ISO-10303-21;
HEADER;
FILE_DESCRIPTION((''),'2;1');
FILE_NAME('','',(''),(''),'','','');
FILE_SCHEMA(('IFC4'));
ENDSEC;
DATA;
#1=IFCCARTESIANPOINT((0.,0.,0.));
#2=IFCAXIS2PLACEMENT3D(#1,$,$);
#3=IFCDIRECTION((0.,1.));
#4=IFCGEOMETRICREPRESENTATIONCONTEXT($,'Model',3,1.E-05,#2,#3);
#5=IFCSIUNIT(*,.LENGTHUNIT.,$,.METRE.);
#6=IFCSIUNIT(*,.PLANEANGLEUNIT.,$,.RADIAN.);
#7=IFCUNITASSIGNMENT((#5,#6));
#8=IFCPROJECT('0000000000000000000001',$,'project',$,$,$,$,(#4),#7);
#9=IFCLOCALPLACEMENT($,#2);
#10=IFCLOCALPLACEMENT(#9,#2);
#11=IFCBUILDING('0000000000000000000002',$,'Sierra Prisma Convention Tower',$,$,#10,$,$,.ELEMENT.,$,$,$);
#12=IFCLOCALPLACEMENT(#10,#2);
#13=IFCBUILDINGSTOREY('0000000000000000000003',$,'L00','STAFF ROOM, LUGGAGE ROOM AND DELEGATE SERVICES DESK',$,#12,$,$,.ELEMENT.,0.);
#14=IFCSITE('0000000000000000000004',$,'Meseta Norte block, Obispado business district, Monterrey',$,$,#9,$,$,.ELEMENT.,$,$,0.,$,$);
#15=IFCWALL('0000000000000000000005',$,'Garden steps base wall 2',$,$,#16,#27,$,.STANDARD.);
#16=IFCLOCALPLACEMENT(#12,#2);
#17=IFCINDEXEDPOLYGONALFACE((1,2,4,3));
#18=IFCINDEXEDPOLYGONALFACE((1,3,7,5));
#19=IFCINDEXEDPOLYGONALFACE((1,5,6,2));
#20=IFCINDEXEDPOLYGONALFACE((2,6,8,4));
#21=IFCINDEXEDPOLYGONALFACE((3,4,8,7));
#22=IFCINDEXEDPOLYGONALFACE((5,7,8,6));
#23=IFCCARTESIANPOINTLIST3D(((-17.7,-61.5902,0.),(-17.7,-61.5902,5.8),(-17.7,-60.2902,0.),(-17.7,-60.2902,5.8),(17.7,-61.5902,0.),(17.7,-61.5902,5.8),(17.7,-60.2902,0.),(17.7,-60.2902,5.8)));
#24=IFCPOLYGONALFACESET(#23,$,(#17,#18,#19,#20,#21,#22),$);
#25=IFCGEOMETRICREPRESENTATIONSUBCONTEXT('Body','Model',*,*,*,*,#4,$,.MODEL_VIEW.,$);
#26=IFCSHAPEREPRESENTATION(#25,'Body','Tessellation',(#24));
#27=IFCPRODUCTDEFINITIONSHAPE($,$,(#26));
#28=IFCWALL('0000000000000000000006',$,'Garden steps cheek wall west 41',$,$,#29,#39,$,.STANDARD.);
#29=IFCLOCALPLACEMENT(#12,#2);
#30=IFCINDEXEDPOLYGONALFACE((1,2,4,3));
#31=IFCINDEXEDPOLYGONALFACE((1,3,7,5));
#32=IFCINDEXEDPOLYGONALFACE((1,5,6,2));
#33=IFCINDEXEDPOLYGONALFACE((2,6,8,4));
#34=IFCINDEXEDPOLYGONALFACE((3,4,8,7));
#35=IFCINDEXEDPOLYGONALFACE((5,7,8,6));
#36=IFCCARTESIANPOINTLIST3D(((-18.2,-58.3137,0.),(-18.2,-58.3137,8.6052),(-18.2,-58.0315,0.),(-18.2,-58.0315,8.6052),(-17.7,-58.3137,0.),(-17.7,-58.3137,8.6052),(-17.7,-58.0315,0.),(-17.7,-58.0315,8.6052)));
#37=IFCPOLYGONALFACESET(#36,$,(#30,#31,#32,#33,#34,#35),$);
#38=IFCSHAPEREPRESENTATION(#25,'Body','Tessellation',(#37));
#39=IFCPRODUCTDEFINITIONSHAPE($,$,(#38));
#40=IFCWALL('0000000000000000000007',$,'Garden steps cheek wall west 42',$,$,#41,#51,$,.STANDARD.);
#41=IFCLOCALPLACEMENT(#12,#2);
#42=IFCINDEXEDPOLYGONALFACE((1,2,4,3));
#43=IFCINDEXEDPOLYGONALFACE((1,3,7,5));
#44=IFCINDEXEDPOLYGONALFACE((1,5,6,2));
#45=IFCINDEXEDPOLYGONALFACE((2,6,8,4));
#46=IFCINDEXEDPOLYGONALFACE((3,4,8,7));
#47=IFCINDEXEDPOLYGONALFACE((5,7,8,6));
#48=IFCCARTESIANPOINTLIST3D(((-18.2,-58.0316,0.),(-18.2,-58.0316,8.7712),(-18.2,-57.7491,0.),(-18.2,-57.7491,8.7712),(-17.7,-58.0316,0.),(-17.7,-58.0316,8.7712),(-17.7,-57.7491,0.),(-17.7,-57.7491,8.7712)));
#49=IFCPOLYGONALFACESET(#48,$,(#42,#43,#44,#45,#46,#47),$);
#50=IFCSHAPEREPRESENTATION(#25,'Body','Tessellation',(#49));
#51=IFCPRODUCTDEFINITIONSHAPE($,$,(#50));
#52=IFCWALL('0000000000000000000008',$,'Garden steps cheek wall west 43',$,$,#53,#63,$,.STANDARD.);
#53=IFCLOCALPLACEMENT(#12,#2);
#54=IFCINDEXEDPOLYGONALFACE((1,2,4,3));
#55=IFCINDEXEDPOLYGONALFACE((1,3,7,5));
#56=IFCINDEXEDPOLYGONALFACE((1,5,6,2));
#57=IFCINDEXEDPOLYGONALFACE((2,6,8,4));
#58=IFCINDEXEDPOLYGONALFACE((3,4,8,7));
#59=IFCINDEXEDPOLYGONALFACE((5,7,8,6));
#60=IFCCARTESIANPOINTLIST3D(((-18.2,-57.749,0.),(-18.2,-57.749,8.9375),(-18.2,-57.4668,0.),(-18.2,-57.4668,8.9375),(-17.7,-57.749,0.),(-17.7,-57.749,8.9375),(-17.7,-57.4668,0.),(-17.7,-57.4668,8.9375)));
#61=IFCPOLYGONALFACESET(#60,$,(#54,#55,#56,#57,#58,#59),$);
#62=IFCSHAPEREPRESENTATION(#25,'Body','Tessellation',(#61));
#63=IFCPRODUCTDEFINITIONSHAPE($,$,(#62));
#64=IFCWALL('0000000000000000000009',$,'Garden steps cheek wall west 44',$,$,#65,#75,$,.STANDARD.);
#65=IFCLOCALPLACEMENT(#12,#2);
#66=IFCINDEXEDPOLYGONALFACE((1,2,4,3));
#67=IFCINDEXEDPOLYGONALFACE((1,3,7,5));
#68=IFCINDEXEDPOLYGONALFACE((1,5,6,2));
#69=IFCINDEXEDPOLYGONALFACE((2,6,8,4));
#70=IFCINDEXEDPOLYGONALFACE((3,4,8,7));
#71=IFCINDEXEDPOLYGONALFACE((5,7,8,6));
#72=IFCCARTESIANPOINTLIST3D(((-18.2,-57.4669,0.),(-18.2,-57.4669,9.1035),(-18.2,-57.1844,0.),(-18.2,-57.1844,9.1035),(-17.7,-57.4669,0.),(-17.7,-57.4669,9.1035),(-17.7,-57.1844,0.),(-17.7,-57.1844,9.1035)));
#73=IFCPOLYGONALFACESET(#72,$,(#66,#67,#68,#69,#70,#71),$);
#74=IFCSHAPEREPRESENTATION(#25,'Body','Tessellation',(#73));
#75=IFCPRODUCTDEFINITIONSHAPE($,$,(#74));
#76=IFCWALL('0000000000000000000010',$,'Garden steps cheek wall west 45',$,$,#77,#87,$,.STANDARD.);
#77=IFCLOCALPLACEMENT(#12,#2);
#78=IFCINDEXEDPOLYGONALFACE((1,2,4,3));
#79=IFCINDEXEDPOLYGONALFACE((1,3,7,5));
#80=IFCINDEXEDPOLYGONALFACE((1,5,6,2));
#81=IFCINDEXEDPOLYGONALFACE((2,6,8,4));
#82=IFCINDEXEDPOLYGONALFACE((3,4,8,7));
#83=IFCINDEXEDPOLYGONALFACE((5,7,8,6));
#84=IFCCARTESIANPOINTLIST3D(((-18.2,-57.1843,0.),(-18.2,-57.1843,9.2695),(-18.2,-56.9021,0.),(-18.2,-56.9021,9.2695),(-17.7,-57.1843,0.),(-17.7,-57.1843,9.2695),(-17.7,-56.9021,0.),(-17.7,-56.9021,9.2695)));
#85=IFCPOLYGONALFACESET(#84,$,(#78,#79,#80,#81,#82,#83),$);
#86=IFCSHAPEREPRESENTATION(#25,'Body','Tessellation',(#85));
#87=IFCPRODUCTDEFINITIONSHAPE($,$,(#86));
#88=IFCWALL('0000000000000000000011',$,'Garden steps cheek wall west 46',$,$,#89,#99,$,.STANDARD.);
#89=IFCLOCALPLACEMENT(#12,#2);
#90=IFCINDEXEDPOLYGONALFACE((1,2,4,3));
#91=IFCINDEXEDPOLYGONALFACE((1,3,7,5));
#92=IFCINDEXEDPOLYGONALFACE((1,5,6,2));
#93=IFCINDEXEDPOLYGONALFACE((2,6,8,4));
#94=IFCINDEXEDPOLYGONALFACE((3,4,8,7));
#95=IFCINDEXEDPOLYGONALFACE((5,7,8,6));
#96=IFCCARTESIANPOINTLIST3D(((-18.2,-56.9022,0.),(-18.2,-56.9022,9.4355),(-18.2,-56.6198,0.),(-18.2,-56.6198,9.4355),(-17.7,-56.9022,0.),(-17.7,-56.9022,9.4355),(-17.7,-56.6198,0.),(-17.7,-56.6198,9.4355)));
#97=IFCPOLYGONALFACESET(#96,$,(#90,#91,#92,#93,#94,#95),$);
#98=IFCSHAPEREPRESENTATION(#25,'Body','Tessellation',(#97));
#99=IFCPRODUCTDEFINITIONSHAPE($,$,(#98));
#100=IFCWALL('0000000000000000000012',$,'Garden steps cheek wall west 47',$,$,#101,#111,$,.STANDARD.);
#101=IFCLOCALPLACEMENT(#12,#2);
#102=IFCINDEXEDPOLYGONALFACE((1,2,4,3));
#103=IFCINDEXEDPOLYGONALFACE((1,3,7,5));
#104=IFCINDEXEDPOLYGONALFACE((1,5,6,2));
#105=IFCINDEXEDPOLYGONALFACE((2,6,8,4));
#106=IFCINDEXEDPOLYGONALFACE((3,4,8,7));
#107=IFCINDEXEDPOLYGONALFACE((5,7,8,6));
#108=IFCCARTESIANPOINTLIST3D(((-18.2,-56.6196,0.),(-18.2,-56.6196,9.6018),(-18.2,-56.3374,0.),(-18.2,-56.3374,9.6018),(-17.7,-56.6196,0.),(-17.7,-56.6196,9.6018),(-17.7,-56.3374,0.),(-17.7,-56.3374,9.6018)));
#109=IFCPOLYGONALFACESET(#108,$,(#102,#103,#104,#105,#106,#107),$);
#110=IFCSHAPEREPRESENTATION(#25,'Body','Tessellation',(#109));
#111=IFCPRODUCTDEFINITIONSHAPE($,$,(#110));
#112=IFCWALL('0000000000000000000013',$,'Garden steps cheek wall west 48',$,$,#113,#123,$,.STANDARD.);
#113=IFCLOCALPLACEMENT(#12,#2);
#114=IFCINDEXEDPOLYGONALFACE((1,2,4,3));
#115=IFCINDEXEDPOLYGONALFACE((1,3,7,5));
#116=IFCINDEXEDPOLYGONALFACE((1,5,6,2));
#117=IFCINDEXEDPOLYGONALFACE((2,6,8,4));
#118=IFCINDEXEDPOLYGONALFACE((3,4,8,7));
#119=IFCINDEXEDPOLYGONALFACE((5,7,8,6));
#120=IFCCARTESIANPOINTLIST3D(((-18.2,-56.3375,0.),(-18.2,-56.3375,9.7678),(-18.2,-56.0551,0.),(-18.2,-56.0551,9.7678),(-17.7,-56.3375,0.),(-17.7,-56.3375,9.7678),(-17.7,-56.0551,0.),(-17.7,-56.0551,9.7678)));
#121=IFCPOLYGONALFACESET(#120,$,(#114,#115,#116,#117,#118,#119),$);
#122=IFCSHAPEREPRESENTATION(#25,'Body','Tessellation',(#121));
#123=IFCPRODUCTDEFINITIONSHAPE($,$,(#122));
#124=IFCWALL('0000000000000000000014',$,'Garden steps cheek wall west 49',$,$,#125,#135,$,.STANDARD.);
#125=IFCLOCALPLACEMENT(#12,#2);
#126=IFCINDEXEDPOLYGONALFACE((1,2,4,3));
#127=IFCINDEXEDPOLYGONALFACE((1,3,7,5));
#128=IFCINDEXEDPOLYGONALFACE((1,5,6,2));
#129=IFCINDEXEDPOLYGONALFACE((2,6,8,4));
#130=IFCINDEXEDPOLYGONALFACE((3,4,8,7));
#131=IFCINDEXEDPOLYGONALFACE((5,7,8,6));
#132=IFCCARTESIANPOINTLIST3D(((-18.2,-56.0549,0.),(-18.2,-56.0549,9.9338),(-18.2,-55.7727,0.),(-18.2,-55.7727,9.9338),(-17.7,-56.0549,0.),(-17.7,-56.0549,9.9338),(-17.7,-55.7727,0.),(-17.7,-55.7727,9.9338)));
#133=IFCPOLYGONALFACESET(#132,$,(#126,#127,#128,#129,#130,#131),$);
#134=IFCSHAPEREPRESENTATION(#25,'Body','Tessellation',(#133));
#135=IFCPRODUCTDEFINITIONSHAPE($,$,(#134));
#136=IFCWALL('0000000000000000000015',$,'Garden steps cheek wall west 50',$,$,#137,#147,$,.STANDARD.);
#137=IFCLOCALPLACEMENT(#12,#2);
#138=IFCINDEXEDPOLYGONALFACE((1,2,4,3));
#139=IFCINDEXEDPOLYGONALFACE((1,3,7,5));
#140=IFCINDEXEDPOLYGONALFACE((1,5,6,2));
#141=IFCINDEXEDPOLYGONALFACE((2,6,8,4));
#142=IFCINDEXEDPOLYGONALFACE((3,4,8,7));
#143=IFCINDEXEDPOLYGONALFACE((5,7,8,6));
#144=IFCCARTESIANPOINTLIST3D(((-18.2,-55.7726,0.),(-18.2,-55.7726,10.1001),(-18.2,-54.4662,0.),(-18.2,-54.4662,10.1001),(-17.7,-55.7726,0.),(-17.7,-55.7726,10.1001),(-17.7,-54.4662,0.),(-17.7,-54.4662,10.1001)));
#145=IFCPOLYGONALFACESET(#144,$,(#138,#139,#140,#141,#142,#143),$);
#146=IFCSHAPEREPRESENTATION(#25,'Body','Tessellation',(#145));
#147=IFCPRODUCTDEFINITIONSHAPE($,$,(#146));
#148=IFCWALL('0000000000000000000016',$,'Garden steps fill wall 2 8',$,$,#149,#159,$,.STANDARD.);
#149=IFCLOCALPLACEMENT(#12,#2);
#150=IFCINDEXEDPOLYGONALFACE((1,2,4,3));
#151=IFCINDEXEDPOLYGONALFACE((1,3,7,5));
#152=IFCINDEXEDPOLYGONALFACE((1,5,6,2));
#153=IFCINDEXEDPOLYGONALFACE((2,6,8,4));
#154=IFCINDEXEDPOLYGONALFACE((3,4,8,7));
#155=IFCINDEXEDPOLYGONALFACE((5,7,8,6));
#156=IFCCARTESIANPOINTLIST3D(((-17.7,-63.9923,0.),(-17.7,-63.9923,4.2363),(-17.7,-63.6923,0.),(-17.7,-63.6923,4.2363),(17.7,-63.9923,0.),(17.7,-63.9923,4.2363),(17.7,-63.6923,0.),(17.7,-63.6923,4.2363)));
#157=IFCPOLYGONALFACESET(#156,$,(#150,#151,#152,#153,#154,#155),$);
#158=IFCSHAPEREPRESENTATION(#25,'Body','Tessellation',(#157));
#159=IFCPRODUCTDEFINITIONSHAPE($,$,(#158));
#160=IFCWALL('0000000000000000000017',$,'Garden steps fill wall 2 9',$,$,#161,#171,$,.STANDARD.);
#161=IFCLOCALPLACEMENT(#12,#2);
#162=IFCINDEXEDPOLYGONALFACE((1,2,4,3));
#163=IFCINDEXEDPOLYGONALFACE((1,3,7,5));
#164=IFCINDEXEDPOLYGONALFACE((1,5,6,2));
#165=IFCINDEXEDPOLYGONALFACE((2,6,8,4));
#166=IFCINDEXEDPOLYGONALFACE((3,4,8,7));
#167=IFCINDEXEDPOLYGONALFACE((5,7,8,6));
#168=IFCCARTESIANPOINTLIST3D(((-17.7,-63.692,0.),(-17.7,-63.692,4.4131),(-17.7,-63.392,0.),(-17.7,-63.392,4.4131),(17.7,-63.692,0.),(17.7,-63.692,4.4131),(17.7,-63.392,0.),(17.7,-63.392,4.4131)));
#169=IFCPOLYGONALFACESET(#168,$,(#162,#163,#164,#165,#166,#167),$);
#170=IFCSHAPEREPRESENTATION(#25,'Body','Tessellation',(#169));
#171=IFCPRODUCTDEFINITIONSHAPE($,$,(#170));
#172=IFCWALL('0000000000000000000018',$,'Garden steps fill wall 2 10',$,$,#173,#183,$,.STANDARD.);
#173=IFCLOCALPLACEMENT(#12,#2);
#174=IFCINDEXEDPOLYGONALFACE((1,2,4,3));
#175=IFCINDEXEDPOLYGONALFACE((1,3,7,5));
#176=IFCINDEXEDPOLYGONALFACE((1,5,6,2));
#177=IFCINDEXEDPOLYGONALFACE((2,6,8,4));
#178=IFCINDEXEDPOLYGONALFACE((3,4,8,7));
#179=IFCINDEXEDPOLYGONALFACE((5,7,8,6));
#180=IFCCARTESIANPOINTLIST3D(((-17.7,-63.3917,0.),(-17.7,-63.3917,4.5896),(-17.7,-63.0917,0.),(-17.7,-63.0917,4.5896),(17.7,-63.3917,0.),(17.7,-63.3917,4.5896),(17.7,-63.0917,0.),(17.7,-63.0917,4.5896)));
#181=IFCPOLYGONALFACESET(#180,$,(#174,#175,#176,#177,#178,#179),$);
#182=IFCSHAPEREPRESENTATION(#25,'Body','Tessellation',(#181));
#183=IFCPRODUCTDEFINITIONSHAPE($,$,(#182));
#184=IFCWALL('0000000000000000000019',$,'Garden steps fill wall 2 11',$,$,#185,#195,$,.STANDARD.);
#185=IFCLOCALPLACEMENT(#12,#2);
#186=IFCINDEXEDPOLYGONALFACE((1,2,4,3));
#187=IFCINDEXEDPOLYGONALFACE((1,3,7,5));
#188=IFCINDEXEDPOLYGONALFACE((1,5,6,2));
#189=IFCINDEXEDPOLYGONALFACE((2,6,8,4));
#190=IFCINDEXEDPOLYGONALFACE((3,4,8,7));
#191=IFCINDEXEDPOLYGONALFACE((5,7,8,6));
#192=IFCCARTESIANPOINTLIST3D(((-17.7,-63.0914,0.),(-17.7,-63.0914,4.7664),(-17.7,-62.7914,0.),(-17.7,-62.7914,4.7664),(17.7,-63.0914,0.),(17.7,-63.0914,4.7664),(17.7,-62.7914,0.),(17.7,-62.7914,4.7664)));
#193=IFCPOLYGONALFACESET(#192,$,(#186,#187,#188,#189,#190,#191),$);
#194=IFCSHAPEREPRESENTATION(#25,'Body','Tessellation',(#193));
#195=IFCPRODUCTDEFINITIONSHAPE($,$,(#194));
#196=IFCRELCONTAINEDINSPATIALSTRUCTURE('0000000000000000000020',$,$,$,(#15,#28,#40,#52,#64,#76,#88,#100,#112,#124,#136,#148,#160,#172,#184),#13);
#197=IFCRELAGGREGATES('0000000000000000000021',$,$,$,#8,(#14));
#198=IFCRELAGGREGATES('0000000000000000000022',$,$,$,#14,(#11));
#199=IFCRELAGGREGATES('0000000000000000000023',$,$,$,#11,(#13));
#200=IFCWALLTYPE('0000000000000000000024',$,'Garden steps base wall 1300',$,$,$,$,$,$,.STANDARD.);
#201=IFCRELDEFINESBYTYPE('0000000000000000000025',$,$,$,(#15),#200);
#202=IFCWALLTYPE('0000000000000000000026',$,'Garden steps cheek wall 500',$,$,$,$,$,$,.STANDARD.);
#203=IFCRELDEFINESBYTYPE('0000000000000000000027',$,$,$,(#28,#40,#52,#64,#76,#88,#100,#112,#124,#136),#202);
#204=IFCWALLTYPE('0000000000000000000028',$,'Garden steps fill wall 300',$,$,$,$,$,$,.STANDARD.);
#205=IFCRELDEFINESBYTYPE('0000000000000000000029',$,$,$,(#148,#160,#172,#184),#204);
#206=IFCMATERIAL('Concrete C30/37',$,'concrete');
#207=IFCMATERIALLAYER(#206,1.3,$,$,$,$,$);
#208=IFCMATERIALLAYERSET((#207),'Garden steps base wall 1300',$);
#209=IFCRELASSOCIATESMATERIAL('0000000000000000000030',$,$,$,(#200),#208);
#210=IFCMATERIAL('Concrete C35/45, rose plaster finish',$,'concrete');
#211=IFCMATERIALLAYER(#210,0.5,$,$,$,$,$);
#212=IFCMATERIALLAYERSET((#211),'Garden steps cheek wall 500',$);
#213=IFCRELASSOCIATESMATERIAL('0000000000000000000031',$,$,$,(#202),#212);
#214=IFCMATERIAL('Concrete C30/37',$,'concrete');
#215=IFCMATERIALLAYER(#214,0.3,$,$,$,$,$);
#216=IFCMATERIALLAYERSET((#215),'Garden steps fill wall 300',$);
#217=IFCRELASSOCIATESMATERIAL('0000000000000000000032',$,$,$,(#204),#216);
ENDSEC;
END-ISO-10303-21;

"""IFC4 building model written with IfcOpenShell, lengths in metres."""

from ifc_helpers import new_model, si_unit, direction, frame, frame_2d, origin, place, context, subcontext, project, spatial, rectangle, extrude, material, layer, layer_set, type_object, element, save


model = new_model("IFC4")

# Units and contexts
model_context = context("Model", 3, precision=1e-05, world=origin(), true_north=direction((0.0, 1.0)))
body_context = subcontext(model_context, "Body", "Model", "MODEL_VIEW")
ifc_project = project(units=[si_unit("LENGTHUNIT", "METRE"), si_unit("PLANEANGLEUNIT", "RADIAN")], contexts=[model_context])

# Site, building, storey
site_placement = place(None, origin())
site = spatial("IfcSite", under=ifc_project, at=site_placement, Name="Meseta Norte block, Obispado business district, Monterrey", CompositionType="ELEMENT", RefElevation=0.0)
building_placement = place(site_placement, origin())
building = spatial("IfcBuilding", under=site, at=building_placement, Name="Sierra Prisma Convention Tower", CompositionType="ELEMENT")
storey_placement = place(building_placement, origin())
storey = spatial("IfcBuildingStorey", under=building, at=storey_placement, Name="L00", Description="STAFF ROOM, LUGGAGE ROOM AND DELEGATE SERVICES DESK", CompositionType="ELEMENT", Elevation=0.0)

# Walls
ifc_material_1 = material(Name="Concrete C30/37", Category="concrete")
ifc_layer_1 = layer(ifc_material_1, 1.3)
ifc_layer_set_1 = layer_set([ifc_layer_1], Name="Garden steps base wall 1300")
wall_type_1 = type_object("IfcWallType", Name="Garden steps base wall 1300", PredefinedType="STANDARD", material=ifc_layer_set_1)
wall_1_placement = place(storey_placement, frame((-17.7, -60.9402, 0.0), z_axis=(0.0, 0.0, 1.0), x_axis=(1.0, 0.0, 0.0)))
element("IfcWall", 1, at=wall_1_placement, inside=storey, type_object=wall_type_1, Name="Garden steps base wall 2", PredefinedType="STANDARD", context=body_context, shape_type="SweptSolid", body=[
    extrude(rectangle(XDim=35.3999, YDim=1.3, at=frame_2d((17.7, 0.0))), origin(), (0.0, 0.0, 1.0), 5.8),
])
ifc_material_2 = material(Name="Concrete C35/45, rose plaster finish", Category="concrete")
ifc_layer_2 = layer(ifc_material_2, 0.5)
ifc_layer_set_2 = layer_set([ifc_layer_2], Name="Garden steps cheek wall 500")
wall_type_2 = type_object("IfcWallType", Name="Garden steps cheek wall 500", PredefinedType="STANDARD", material=ifc_layer_set_2)
wall_2_placement = place(storey_placement, frame((-17.95, -58.3137, 0.0), z_axis=(0.0, 0.0, 1.0), x_axis=(0.0, 1.0, 0.0)))
element("IfcWall", 2, at=wall_2_placement, inside=storey, type_object=wall_type_2, Name="Garden steps cheek wall west 41", PredefinedType="STANDARD", context=body_context, shape_type="SweptSolid", body=[
    extrude(rectangle(XDim=0.2822, YDim=0.5, at=frame_2d((0.1411, 0.0))), origin(), (0.0, 0.0, 1.0), 8.6052),
])
wall_3_placement = place(storey_placement, frame((-17.95, -58.0315, 0.0), z_axis=(0.0, 0.0, 1.0), x_axis=(0.0, 1.0, 0.0)))
element("IfcWall", 3, at=wall_3_placement, inside=storey, type_object=wall_type_2, Name="Garden steps cheek wall west 42", PredefinedType="STANDARD", context=body_context, shape_type="SweptSolid", body=[
    extrude(rectangle(XDim=0.2825, YDim=0.5, at=frame_2d((0.1411, 0.0))), origin(), (0.0, 0.0, 1.0), 8.7712),
])
wall_4_placement = place(storey_placement, frame((-17.95, -57.749, 0.0), z_axis=(0.0, 0.0, 1.0), x_axis=(0.0, 1.0, 0.0)))
element("IfcWall", 4, at=wall_4_placement, inside=storey, type_object=wall_type_2, Name="Garden steps cheek wall west 43", PredefinedType="STANDARD", context=body_context, shape_type="SweptSolid", body=[
    extrude(rectangle(XDim=0.2822, YDim=0.5, at=frame_2d((0.1411, 0.0))), origin(), (0.0, 0.0, 1.0), 8.9375),
])
wall_5_placement = place(storey_placement, frame((-17.95, -57.4668, 0.0), z_axis=(0.0, 0.0, 1.0), x_axis=(0.0, 1.0, 0.0)))
element("IfcWall", 5, at=wall_5_placement, inside=storey, type_object=wall_type_2, Name="Garden steps cheek wall west 44", PredefinedType="STANDARD", context=body_context, shape_type="SweptSolid", body=[
    extrude(rectangle(XDim=0.2825, YDim=0.5, at=frame_2d((0.1411, 0.0))), origin(), (0.0, 0.0, 1.0), 9.1035),
])
wall_6_placement = place(storey_placement, frame((-17.95, -57.1843, 0.0), z_axis=(0.0, 0.0, 1.0), x_axis=(0.0, 1.0, 0.0)))
element("IfcWall", 6, at=wall_6_placement, inside=storey, type_object=wall_type_2, Name="Garden steps cheek wall west 45", PredefinedType="STANDARD", context=body_context, shape_type="SweptSolid", body=[
    extrude(rectangle(XDim=0.2822, YDim=0.5, at=frame_2d((0.1411, 0.0))), origin(), (0.0, 0.0, 1.0), 9.2695),
])
wall_7_placement = place(storey_placement, frame((-17.95, -56.9021, 0.0), z_axis=(0.0, 0.0, 1.0), x_axis=(0.0, 1.0, 0.0)))
element("IfcWall", 7, at=wall_7_placement, inside=storey, type_object=wall_type_2, Name="Garden steps cheek wall west 46", PredefinedType="STANDARD", context=body_context, shape_type="SweptSolid", body=[
    extrude(rectangle(XDim=0.2825, YDim=0.5, at=frame_2d((0.1411, 0.0))), origin(), (0.0, 0.0, 1.0), 9.4355),
])
wall_8_placement = place(storey_placement, frame((-17.95, -56.6196, 0.0), z_axis=(0.0, 0.0, 1.0), x_axis=(0.0, 1.0, 0.0)))
element("IfcWall", 8, at=wall_8_placement, inside=storey, type_object=wall_type_2, Name="Garden steps cheek wall west 47", PredefinedType="STANDARD", context=body_context, shape_type="SweptSolid", body=[
    extrude(rectangle(XDim=0.2822, YDim=0.5, at=frame_2d((0.1411, 0.0))), origin(), (0.0, 0.0, 1.0), 9.6018),
])
wall_9_placement = place(storey_placement, frame((-17.95, -56.3374, 0.0), z_axis=(0.0, 0.0, 1.0), x_axis=(0.0, 1.0, 0.0)))
element("IfcWall", 9, at=wall_9_placement, inside=storey, type_object=wall_type_2, Name="Garden steps cheek wall west 48", PredefinedType="STANDARD", context=body_context, shape_type="SweptSolid", body=[
    extrude(rectangle(XDim=0.2825, YDim=0.5, at=frame_2d((0.1411, 0.0))), origin(), (0.0, 0.0, 1.0), 9.7678),
])
wall_10_placement = place(storey_placement, frame((-17.95, -56.0549, 0.0), z_axis=(0.0, 0.0, 1.0), x_axis=(0.0, 1.0, 0.0)))
element("IfcWall", 10, at=wall_10_placement, inside=storey, type_object=wall_type_2, Name="Garden steps cheek wall west 49", PredefinedType="STANDARD", context=body_context, shape_type="SweptSolid", body=[
    extrude(rectangle(XDim=0.2822, YDim=0.5, at=frame_2d((0.1411, 0.0))), origin(), (0.0, 0.0, 1.0), 9.9338),
])
wall_11_placement = place(storey_placement, frame((-17.95, -55.7727, 0.0), z_axis=(0.0, 0.0, 1.0), x_axis=(0.0, 1.0, 0.0)))
element("IfcWall", 11, at=wall_11_placement, inside=storey, type_object=wall_type_2, Name="Garden steps cheek wall west 50", PredefinedType="STANDARD", context=body_context, shape_type="SweptSolid", body=[
    extrude(rectangle(XDim=1.3064, YDim=0.5, at=frame_2d((0.6533, 0.0))), origin(), (0.0, 0.0, 1.0), 10.1001),
])
ifc_material_3 = material(Name="Concrete C30/37", Category="concrete")
ifc_layer_3 = layer(ifc_material_3, 0.3)
ifc_layer_set_3 = layer_set([ifc_layer_3], Name="Garden steps fill wall 300")
wall_type_3 = type_object("IfcWallType", Name="Garden steps fill wall 300", PredefinedType="STANDARD", material=ifc_layer_set_3)
wall_12_placement = place(storey_placement, frame((-17.7, -63.8423, 0.0), z_axis=(0.0, 0.0, 1.0), x_axis=(1.0, 0.0, 0.0)))
element("IfcWall", 12, at=wall_12_placement, inside=storey, type_object=wall_type_3, Name="Garden steps fill wall 2 8", PredefinedType="STANDARD", context=body_context, shape_type="SweptSolid", body=[
    extrude(rectangle(XDim=35.3999, YDim=0.3, at=frame_2d((17.7, 0.0))), origin(), (0.0, 0.0, 1.0), 4.2363),
])
wall_13_placement = place(storey_placement, frame((-17.7, -63.542, 0.0), z_axis=(0.0, 0.0, 1.0), x_axis=(1.0, 0.0, 0.0)))
element("IfcWall", 13, at=wall_13_placement, inside=storey, type_object=wall_type_3, Name="Garden steps fill wall 2 9", PredefinedType="STANDARD", context=body_context, shape_type="SweptSolid", body=[
    extrude(rectangle(XDim=35.3999, YDim=0.3, at=frame_2d((17.7, 0.0))), origin(), (0.0, 0.0, 1.0), 4.4131),
])
wall_14_placement = place(storey_placement, frame((-17.7, -63.2417, 0.0), z_axis=(0.0, 0.0, 1.0), x_axis=(1.0, 0.0, 0.0)))
element("IfcWall", 14, at=wall_14_placement, inside=storey, type_object=wall_type_3, Name="Garden steps fill wall 2 10", PredefinedType="STANDARD", context=body_context, shape_type="SweptSolid", body=[
    extrude(rectangle(XDim=35.3999, YDim=0.3, at=frame_2d((17.7, 0.0))), origin(), (0.0, 0.0, 1.0), 4.5896),
])
wall_15_placement = place(storey_placement, frame((-17.7, -62.9414, 0.0), z_axis=(0.0, 0.0, 1.0), x_axis=(1.0, 0.0, 0.0)))
element("IfcWall", 15, at=wall_15_placement, inside=storey, type_object=wall_type_3, Name="Garden steps fill wall 2 11", PredefinedType="STANDARD", context=body_context, shape_type="SweptSolid", body=[
    extrude(rectangle(XDim=35.3999, YDim=0.3, at=frame_2d((17.7, 0.0))), origin(), (0.0, 0.0, 1.0), 4.7664),
])

save(model, "model.ifc")
